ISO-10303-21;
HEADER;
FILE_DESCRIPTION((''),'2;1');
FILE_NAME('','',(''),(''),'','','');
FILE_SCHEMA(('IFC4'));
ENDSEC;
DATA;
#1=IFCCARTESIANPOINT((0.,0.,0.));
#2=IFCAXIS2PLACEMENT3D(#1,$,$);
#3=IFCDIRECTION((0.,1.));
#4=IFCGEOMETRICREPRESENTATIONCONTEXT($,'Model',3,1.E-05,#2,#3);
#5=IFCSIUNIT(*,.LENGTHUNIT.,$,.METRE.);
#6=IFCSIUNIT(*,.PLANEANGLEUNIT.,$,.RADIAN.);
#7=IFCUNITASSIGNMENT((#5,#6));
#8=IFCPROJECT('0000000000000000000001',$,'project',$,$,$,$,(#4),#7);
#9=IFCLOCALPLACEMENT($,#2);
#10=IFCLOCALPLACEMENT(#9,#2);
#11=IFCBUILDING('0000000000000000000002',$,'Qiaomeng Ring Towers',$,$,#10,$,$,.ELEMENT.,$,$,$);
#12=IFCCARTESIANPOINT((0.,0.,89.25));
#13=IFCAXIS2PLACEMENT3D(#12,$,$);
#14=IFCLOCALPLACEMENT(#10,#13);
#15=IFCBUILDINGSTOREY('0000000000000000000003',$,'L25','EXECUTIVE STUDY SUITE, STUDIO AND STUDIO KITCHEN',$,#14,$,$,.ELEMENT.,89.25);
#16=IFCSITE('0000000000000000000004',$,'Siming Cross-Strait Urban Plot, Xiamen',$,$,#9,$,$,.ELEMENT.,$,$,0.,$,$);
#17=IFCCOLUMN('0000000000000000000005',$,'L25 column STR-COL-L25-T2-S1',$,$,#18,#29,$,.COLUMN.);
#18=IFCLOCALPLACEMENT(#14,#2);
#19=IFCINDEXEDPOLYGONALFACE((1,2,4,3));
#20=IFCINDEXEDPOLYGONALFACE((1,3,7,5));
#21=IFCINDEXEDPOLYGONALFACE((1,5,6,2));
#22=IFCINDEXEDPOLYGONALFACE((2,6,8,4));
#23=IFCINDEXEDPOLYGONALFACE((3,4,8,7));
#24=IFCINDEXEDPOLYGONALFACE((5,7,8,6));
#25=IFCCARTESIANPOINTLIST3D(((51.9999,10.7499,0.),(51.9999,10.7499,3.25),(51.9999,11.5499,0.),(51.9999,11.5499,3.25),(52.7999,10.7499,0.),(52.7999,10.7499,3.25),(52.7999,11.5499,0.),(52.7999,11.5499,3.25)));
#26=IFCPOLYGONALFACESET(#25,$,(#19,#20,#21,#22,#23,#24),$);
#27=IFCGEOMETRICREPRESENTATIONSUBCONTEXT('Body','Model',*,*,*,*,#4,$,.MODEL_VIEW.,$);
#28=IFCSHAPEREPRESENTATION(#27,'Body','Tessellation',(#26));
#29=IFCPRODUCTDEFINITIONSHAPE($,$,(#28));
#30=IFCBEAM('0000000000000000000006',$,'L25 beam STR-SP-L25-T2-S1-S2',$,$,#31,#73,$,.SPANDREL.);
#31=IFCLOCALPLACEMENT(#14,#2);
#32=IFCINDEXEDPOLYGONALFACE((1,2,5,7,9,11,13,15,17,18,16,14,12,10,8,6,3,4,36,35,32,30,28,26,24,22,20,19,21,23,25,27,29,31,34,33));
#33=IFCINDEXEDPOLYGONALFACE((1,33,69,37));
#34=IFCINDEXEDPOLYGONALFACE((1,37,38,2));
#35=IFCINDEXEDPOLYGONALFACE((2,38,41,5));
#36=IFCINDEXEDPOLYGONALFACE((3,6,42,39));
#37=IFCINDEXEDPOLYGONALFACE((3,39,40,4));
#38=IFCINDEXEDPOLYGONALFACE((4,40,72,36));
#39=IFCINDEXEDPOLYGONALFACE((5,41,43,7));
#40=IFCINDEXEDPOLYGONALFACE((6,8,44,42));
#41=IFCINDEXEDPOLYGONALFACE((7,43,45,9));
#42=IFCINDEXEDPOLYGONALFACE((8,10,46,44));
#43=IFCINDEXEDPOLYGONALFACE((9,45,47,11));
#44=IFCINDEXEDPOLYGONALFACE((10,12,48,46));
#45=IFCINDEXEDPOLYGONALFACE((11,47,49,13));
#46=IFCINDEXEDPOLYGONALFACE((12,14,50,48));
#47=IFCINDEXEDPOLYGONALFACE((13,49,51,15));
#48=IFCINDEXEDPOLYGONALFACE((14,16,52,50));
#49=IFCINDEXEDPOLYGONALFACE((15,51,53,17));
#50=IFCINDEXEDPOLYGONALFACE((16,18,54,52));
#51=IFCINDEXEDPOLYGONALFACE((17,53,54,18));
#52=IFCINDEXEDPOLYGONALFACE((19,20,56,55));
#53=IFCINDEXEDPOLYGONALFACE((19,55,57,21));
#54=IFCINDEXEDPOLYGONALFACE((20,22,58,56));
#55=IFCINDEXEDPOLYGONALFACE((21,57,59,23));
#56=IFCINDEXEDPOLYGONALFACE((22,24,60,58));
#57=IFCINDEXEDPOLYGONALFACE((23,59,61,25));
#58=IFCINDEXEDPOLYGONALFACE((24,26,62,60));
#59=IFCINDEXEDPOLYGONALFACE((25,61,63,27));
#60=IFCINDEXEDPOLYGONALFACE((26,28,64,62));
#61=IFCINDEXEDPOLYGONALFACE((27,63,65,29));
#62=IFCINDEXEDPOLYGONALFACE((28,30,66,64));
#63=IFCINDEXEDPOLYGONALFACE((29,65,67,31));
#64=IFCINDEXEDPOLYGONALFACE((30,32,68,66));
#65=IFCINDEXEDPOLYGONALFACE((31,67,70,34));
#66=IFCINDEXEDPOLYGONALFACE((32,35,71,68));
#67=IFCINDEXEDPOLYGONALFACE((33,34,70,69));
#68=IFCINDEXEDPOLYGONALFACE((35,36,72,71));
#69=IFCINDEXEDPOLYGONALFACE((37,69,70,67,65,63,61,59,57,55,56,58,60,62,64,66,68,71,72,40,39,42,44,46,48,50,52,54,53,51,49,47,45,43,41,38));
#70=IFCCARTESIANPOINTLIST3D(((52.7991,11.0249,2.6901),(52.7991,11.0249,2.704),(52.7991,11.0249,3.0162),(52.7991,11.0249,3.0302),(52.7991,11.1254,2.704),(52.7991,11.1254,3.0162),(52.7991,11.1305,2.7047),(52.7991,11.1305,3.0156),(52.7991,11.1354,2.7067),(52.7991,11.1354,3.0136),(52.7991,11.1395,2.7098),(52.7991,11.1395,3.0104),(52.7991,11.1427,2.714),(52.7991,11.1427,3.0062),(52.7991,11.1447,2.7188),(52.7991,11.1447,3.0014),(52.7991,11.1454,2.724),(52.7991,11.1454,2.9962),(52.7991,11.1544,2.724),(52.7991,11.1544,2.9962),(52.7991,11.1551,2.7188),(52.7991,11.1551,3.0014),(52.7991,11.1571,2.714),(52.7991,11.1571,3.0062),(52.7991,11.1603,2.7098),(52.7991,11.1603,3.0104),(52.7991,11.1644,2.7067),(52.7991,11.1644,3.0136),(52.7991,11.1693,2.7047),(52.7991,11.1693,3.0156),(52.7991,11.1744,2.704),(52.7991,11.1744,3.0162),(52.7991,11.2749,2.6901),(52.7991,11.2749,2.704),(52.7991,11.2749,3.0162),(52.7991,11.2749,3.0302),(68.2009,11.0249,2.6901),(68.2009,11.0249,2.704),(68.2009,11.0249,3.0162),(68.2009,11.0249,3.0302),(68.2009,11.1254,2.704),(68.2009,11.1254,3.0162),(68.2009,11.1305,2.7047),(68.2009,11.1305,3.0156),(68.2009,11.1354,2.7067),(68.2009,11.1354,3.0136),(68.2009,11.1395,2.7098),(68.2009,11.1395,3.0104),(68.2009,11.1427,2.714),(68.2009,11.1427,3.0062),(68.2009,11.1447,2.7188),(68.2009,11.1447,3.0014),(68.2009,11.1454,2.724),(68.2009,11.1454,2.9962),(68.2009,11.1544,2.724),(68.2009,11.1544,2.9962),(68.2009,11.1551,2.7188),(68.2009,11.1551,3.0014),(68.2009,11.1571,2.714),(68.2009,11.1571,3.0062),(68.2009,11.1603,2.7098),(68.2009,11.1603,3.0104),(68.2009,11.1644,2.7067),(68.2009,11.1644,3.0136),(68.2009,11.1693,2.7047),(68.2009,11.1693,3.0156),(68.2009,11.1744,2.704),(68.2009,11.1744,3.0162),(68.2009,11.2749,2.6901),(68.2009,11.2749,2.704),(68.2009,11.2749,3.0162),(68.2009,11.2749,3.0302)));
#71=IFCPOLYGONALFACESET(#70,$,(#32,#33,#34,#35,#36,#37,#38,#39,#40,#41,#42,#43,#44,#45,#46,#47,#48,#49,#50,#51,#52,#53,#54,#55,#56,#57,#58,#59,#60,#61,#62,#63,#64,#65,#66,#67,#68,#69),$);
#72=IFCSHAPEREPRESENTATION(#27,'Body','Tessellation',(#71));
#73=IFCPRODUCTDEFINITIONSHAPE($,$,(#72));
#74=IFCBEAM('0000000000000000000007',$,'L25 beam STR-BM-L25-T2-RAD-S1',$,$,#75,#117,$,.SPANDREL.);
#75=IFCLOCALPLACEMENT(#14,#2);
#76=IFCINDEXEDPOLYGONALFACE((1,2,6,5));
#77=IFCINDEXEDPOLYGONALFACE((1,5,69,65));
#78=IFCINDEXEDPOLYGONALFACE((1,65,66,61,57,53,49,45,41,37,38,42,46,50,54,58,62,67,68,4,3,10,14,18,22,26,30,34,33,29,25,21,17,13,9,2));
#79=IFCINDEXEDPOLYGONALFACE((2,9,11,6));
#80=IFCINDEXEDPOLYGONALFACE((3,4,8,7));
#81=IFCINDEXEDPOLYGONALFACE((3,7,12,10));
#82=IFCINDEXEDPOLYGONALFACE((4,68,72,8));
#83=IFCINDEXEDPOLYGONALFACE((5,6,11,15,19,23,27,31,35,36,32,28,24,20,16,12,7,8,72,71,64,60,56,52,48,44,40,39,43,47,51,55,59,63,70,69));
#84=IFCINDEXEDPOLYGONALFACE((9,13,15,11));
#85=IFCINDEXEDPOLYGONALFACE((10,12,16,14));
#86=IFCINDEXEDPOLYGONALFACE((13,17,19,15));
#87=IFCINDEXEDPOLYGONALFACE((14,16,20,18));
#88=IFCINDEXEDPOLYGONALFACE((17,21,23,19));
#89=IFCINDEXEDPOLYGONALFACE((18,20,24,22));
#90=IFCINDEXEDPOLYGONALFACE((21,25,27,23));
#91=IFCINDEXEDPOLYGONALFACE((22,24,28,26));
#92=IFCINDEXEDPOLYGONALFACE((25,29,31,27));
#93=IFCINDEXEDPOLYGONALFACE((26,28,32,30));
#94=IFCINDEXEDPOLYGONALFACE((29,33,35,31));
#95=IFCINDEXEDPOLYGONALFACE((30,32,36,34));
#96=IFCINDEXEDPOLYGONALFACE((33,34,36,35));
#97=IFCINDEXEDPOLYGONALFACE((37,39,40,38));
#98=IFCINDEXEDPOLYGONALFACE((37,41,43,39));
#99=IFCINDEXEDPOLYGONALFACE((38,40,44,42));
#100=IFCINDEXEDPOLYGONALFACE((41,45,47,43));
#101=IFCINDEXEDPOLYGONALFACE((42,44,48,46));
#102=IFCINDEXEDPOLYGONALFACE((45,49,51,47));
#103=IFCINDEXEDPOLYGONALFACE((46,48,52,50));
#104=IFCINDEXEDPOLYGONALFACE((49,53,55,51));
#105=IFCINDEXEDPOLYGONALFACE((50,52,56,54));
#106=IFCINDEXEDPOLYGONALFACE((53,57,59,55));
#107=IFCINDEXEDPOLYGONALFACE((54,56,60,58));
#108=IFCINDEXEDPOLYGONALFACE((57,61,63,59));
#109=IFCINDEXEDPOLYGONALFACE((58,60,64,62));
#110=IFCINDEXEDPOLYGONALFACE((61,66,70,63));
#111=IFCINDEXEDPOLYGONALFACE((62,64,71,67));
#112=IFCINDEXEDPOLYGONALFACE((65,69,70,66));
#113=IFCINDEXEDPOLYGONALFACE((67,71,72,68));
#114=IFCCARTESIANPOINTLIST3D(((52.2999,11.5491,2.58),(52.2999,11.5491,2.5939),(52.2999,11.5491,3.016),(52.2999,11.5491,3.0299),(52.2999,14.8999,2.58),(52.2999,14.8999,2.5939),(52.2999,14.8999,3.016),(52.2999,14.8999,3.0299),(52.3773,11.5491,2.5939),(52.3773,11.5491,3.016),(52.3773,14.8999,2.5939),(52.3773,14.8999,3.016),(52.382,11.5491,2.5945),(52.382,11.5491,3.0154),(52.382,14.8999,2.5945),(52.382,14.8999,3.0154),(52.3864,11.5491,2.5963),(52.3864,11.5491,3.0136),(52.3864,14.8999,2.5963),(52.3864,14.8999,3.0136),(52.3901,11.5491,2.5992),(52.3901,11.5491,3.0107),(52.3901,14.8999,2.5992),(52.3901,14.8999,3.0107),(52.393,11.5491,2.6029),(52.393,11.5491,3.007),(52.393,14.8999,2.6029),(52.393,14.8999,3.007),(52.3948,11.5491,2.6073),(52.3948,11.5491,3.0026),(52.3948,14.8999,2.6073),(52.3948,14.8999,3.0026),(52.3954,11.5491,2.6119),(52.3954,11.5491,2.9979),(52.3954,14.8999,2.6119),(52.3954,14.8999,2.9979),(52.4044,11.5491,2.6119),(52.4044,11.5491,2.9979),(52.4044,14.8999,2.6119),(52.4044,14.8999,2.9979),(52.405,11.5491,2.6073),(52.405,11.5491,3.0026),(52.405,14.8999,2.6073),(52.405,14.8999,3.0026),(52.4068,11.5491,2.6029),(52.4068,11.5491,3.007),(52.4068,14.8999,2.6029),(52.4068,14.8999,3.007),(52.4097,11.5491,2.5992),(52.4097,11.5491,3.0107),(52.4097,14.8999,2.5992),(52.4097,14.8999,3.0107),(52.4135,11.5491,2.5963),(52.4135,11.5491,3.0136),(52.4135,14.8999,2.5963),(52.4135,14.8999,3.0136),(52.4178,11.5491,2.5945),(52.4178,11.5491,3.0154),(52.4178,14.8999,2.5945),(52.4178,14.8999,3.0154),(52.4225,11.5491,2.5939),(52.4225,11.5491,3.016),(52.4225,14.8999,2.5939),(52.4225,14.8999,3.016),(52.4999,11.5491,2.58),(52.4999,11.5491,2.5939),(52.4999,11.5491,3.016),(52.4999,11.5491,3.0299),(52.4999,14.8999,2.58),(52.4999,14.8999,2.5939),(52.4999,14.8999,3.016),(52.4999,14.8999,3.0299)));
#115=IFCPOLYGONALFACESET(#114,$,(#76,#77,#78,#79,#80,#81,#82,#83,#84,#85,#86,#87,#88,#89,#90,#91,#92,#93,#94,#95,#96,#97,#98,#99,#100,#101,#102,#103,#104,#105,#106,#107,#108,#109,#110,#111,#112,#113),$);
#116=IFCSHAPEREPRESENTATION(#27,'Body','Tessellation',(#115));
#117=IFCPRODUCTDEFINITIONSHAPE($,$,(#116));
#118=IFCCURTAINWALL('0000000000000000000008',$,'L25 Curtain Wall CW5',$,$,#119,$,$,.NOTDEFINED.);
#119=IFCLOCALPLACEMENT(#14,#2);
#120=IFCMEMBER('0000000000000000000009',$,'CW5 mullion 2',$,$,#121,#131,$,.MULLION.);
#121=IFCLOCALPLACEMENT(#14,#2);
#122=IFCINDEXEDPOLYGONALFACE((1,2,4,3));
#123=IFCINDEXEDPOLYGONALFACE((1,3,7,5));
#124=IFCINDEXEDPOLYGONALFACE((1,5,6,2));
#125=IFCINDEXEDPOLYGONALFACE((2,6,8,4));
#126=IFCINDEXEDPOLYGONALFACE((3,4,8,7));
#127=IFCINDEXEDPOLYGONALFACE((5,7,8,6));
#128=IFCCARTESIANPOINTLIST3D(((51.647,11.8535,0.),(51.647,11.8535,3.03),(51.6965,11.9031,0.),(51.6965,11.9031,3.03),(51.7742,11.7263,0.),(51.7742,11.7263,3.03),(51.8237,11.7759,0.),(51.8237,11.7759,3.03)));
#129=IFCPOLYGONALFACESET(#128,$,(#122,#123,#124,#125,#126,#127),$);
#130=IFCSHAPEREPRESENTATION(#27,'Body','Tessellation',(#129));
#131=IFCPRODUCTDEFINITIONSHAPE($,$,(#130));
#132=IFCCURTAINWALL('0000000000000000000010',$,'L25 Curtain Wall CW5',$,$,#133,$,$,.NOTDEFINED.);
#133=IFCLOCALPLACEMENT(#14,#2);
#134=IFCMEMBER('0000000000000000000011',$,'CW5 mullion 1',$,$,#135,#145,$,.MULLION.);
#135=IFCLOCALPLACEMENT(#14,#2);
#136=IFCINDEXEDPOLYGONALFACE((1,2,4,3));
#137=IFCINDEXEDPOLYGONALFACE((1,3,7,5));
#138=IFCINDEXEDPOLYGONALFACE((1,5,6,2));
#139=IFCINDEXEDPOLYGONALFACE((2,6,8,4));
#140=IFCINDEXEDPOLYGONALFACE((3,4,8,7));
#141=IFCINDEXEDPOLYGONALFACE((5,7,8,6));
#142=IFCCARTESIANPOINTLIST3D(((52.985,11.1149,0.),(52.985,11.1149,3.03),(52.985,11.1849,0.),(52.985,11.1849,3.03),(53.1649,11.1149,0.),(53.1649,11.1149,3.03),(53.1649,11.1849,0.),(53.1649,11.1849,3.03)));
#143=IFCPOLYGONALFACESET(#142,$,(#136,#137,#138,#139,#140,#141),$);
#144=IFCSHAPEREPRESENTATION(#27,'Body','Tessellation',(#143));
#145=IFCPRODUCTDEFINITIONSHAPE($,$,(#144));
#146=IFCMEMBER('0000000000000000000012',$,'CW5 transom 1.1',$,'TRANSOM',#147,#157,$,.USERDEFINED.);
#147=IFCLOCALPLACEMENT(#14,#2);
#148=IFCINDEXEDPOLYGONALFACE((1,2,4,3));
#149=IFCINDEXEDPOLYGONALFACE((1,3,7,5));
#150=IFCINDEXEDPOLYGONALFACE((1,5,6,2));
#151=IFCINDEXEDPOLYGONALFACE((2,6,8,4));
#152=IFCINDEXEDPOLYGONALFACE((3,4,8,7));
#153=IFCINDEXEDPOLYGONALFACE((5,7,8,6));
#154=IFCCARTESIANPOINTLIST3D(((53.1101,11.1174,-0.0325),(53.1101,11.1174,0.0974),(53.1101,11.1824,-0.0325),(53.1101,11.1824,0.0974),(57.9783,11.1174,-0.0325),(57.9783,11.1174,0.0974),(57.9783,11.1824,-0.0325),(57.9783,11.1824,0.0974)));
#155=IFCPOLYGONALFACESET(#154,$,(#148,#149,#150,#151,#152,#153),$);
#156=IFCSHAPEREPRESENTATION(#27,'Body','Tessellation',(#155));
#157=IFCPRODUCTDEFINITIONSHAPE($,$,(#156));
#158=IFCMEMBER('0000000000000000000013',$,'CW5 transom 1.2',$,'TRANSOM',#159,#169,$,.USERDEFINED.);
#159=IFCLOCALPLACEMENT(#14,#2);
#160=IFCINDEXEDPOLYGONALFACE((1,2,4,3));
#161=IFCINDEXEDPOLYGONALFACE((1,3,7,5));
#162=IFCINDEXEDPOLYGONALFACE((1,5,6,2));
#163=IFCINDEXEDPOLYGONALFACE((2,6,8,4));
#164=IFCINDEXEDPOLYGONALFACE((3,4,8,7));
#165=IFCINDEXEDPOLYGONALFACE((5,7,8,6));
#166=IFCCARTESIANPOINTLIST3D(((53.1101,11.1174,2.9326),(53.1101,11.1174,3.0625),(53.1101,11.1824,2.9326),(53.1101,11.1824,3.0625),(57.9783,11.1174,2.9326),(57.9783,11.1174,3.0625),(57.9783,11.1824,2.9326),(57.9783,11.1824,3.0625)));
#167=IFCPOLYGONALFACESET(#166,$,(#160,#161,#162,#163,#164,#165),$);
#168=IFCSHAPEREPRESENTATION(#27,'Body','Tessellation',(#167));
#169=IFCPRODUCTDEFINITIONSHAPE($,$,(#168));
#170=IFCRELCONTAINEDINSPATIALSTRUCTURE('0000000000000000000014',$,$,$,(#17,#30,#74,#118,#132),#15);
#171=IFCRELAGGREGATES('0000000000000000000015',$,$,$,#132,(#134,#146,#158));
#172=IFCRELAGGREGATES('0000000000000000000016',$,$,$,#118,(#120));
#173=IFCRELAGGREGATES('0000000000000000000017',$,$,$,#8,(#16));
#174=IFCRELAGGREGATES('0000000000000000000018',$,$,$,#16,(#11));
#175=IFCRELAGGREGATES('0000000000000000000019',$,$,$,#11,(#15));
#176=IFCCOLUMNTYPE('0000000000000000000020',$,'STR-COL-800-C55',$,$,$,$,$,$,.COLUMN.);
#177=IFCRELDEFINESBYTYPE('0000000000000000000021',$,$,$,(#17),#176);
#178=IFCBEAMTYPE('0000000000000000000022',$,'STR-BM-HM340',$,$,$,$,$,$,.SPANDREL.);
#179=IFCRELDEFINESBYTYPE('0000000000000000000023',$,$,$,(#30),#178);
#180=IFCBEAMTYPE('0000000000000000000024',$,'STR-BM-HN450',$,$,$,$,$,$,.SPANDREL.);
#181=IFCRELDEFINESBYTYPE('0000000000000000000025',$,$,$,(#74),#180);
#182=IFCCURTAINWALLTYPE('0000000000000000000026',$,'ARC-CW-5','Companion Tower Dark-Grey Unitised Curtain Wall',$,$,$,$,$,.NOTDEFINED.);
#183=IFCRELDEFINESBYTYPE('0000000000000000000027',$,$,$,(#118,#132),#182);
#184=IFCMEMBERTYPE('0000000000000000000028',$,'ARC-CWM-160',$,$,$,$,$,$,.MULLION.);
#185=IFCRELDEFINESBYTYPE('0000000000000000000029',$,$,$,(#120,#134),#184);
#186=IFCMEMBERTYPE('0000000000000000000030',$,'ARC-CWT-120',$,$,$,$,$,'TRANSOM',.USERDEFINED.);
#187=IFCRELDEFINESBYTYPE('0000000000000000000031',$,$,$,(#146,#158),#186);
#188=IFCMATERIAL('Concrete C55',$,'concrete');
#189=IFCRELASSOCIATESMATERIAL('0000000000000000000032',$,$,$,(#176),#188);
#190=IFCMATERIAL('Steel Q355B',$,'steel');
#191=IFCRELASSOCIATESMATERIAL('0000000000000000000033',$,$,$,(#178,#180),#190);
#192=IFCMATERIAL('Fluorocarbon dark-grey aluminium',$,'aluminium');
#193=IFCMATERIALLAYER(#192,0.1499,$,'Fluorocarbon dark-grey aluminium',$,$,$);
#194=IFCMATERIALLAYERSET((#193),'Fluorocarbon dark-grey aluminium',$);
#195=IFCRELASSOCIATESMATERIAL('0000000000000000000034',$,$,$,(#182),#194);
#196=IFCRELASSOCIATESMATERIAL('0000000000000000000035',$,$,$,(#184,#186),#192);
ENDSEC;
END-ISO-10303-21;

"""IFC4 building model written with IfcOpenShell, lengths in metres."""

from ifc_helpers import new_model, si_unit, direction, frame, origin, origin_2d, place, context, subcontext, project, spatial, rectangle, i_section, extrude, source, transform, mapped, material, layer, layer_set, material_profile, profile_set, type_object, element, aggregate, save


model = new_model("IFC4")

# Units and contexts
model_context = context("Model", 3, precision=1e-05, world=origin(), true_north=direction((0.0, 1.0)))
body_context = subcontext(model_context, "Body", "Model", "MODEL_VIEW")
ifc_project = project(units=[si_unit("LENGTHUNIT", "METRE"), si_unit("PLANEANGLEUNIT", "RADIAN")], contexts=[model_context])

# Site, building, storey
site_placement = place(None, origin())
site = spatial("IfcSite", under=ifc_project, at=site_placement, Name="Siming Cross-Strait Urban Plot, Xiamen", CompositionType="ELEMENT", RefElevation=0.0)
building_placement = place(site_placement, origin())
building = spatial("IfcBuilding", under=site, at=building_placement, Name="Qiaomeng Ring Towers", CompositionType="ELEMENT")
storey_placement = place(building_placement, frame((0.0, 0.0, 89.25)))
storey = spatial("IfcBuildingStorey", under=building, at=storey_placement, Name="L25", Description="EXECUTIVE STUDY SUITE, STUDIO AND STUDIO KITCHEN", CompositionType="ELEMENT", Elevation=89.25)

# Column
ifc_material_1 = material(Name="Concrete C55", Category="concrete")
ifc_material_profile_1 = material_profile(ifc_material_1, rectangle(XDim=0.8, YDim=0.8, at=origin_2d()), Name="RC COL 800x800")
ifc_profile_set_1 = profile_set([ifc_material_profile_1], Name="Concrete C55")
column_type = type_object("IfcColumnType", Name="STR-COL-800-C55", PredefinedType="COLUMN", material=ifc_profile_set_1)
shared_shape_1 = source(origin(), body_context, "Body", "SweptSolid", [
    extrude(rectangle(XDim=0.8, YDim=0.8, at=origin_2d()), origin(), (0.0, 0.0, 1.0), 3.25),
])
column_placement = place(storey_placement, frame((52.3999, 11.1499, 0.0), z_axis=(0.0, 0.0, 1.0), x_axis=(1.0, 0.0, 0.0)))
element("IfcColumn", 1, at=column_placement, inside=storey, type_object=column_type, Name="L25 column STR-COL-L25-T2-S1", PredefinedType="COLUMN", context=body_context, shape_type="MappedRepresentation", body=[
    mapped(shared_shape_1, transform((0.0, 0.0, 0.0), x_axis=(1.0, 0.0, 0.0), y_axis=(0.0, 1.0, 0.0), z_axis=(0.0, 0.0, 1.0), scale=1.0)),
])

# Beams
ifc_material_2 = material(Name="Steel Q355B", Category="steel")
ifc_material_profile_2 = material_profile(ifc_material_2, i_section(OverallWidth=0.25, OverallDepth=0.3401, WebThickness=0.009, FlangeThickness=0.0139, FilletRadius=0.02, at=origin_2d()), Name="HM 340x250x9x14")
ifc_profile_set_2 = profile_set([ifc_material_profile_2], Name="Steel Q355B")
beam_type_1 = type_object("IfcBeamType", Name="STR-BM-HM340", PredefinedType="SPANDREL", material=ifc_profile_set_2)
shared_shape_2 = source(origin(), body_context, "Body", "SweptSolid", [
    extrude(i_section(OverallWidth=0.25, OverallDepth=0.3401, WebThickness=0.009, FlangeThickness=0.0139, FilletRadius=0.02, at=origin_2d()), origin(), (0.0, 0.0, 1.0), 15.4019),
])
beam_1_placement = place(storey_placement, frame((52.7991, 11.1499, 2.8601), z_axis=(1.0, 0.0, 0.0), x_axis=(0.0, 1.0, 0.0)))
element("IfcBeam", 2, at=beam_1_placement, inside=storey, type_object=beam_type_1, Name="L25 beam STR-SP-L25-T2-S1-S2", PredefinedType="SPANDREL", context=body_context, shape_type="MappedRepresentation", body=[
    mapped(shared_shape_2, transform((0.0, 0.0, 0.0), x_axis=(1.0, 0.0, 0.0), y_axis=(0.0, 1.0, 0.0), z_axis=(0.0, 0.0, 1.0), scale=1.0)),
])
ifc_material_profile_3 = material_profile(ifc_material_2, i_section(OverallWidth=0.2, OverallDepth=0.45, WebThickness=0.009, FlangeThickness=0.0139, FilletRadius=0.0181, at=origin_2d()), Name="HN 450x200x9x14")
ifc_profile_set_3 = profile_set([ifc_material_profile_3], Name="Steel Q355B")
beam_type_2 = type_object("IfcBeamType", Name="STR-BM-HN450", PredefinedType="SPANDREL", material=ifc_profile_set_3)
shared_shape_3 = source(origin(), body_context, "Body", "SweptSolid", [
    extrude(i_section(OverallWidth=0.2, OverallDepth=0.45, WebThickness=0.009, FlangeThickness=0.0139, FilletRadius=0.0181, at=origin_2d()), origin(), (0.0, 0.0, 1.0), 3.3508),
])
beam_2_placement = place(storey_placement, frame((52.3999, 11.5491, 2.8049), z_axis=(0.0, 1.0, 0.0), x_axis=(-1.0, 0.0, 0.0)))
element("IfcBeam", 3, at=beam_2_placement, inside=storey, type_object=beam_type_2, Name="L25 beam STR-BM-L25-T2-RAD-S1", PredefinedType="SPANDREL", context=body_context, shape_type="MappedRepresentation", body=[
    mapped(shared_shape_3, transform((0.0, 0.0, 0.0), x_axis=(1.0, 0.0, 0.0), y_axis=(0.0, 1.0, 0.0), z_axis=(0.0, 0.0, 1.0), scale=1.0)),
])

# Curtain wall, member
ifc_material_3 = material(Name="Fluorocarbon dark-grey aluminium", Category="aluminium")
ifc_layer_1 = layer(ifc_material_3, 0.1499, Name="Fluorocarbon dark-grey aluminium")
ifc_layer_set_1 = layer_set([ifc_layer_1], Name="Fluorocarbon dark-grey aluminium")
curtain_wall_type = type_object("IfcCurtainWallType", Name="ARC-CW-5", Description="Companion Tower Dark-Grey Unitised Curtain Wall", PredefinedType="NOTDEFINED", material=ifc_layer_set_1)
curtain_wall_1_placement = place(storey_placement, origin())
curtain_wall_1 = element("IfcCurtainWall", 4, at=curtain_wall_1_placement, inside=storey, type_object=curtain_wall_type, Name="L25 Curtain Wall CW5", PredefinedType="NOTDEFINED")
ifc_material_profile_4 = material_profile(ifc_material_3, rectangle(XDim=0.0701, YDim=0.1799, at=origin_2d()), Name="ALU MULL 70x180")
ifc_profile_set_4 = profile_set([ifc_material_profile_4], Name="Fluorocarbon dark-grey aluminium")
member_type_1 = type_object("IfcMemberType", Name="ARC-CWM-160", PredefinedType="MULLION", material=ifc_profile_set_4)
shared_shape_4 = source(origin(), body_context, "Body", "SweptSolid", [
    extrude(rectangle(XDim=0.0701, YDim=0.1799, at=origin_2d()), origin(), (0.0, 0.0, 1.0), 3.03),
])
member_1_placement = place(storey_placement, frame((51.7354, 11.8147, 0.0), z_axis=(0.0, 0.0, 1.0), x_axis=(0.707107, 0.707107, 0.0)))
member_1 = element("IfcMember", 5, at=member_1_placement, type_object=member_type_1, Name="CW5 mullion 2", PredefinedType="MULLION", context=body_context, shape_type="MappedRepresentation", body=[
    mapped(shared_shape_4, transform((0.0, 0.0, 0.0), x_axis=(1.0, 0.0, 0.0), y_axis=(0.0, 1.0, 0.0), z_axis=(0.0, 0.0, 1.0), scale=1.0)),
])

# Curtain wall, members
curtain_wall_2_placement = place(storey_placement, origin())
curtain_wall_2 = element("IfcCurtainWall", 6, at=curtain_wall_2_placement, inside=storey, type_object=curtain_wall_type, Name="L25 Curtain Wall CW5", PredefinedType="NOTDEFINED")
member_2_placement = place(storey_placement, frame((53.075, 11.1499, 0.0), z_axis=(0.0, 0.0, 1.0), x_axis=(0.0, 1.0, 0.0)))
member_2 = element("IfcMember", 7, at=member_2_placement, type_object=member_type_1, Name="CW5 mullion 1", PredefinedType="MULLION", context=body_context, shape_type="MappedRepresentation", body=[
    mapped(shared_shape_4, transform((0.0, 0.0, 0.0), x_axis=(1.0, 0.0, 0.0), y_axis=(0.0, 1.0, 0.0), z_axis=(0.0, 0.0, 1.0), scale=1.0)),
])
ifc_material_profile_5 = material_profile(ifc_material_3, rectangle(XDim=0.0649, YDim=0.1299, at=origin_2d()), Name="ALU TRAN 65x130")
ifc_profile_set_5 = profile_set([ifc_material_profile_5], Name="Fluorocarbon dark-grey aluminium")
member_type_2 = type_object("IfcMemberType", Name="ARC-CWT-120", ElementType="TRANSOM", PredefinedType="USERDEFINED", material=ifc_profile_set_5)
shared_shape_5 = source(origin(), body_context, "Body", "SweptSolid", [
    extrude(rectangle(XDim=0.0649, YDim=0.1299, at=origin_2d()), origin(), (0.0, 0.0, 1.0), 4.8682),
])
member_3_placement = place(storey_placement, frame((53.1101, 11.1499, 0.0325), z_axis=(1.0, 0.0, 0.0), x_axis=(0.0, 1.0, 0.0)))
member_3 = element("IfcMember", 8, at=member_3_placement, type_object=member_type_2, Name="CW5 transom 1.1", ObjectType="TRANSOM", PredefinedType="USERDEFINED", context=body_context, shape_type="MappedRepresentation", body=[
    mapped(shared_shape_5, transform((0.0, 0.0, 0.0), x_axis=(1.0, 0.0, 0.0), y_axis=(0.0, 1.0, 0.0), z_axis=(0.0, 0.0, 1.0), scale=1.0)),
])
member_4_placement = place(storey_placement, frame((53.1101, 11.1499, 2.9976), z_axis=(1.0, 0.0, 0.0), x_axis=(0.0, 1.0, 0.0)))
member_4 = element("IfcMember", 9, at=member_4_placement, type_object=member_type_2, Name="CW5 transom 1.2", ObjectType="TRANSOM", PredefinedType="USERDEFINED", context=body_context, shape_type="MappedRepresentation", body=[
    mapped(shared_shape_5, transform((0.0, 0.0, 0.0), x_axis=(1.0, 0.0, 0.0), y_axis=(0.0, 1.0, 0.0), z_axis=(0.0, 0.0, 1.0), scale=1.0)),
])
aggregate(curtain_wall_2, [member_2, member_3, member_4])

aggregate(curtain_wall_1, [member_1])

save(model, "model.ifc")
